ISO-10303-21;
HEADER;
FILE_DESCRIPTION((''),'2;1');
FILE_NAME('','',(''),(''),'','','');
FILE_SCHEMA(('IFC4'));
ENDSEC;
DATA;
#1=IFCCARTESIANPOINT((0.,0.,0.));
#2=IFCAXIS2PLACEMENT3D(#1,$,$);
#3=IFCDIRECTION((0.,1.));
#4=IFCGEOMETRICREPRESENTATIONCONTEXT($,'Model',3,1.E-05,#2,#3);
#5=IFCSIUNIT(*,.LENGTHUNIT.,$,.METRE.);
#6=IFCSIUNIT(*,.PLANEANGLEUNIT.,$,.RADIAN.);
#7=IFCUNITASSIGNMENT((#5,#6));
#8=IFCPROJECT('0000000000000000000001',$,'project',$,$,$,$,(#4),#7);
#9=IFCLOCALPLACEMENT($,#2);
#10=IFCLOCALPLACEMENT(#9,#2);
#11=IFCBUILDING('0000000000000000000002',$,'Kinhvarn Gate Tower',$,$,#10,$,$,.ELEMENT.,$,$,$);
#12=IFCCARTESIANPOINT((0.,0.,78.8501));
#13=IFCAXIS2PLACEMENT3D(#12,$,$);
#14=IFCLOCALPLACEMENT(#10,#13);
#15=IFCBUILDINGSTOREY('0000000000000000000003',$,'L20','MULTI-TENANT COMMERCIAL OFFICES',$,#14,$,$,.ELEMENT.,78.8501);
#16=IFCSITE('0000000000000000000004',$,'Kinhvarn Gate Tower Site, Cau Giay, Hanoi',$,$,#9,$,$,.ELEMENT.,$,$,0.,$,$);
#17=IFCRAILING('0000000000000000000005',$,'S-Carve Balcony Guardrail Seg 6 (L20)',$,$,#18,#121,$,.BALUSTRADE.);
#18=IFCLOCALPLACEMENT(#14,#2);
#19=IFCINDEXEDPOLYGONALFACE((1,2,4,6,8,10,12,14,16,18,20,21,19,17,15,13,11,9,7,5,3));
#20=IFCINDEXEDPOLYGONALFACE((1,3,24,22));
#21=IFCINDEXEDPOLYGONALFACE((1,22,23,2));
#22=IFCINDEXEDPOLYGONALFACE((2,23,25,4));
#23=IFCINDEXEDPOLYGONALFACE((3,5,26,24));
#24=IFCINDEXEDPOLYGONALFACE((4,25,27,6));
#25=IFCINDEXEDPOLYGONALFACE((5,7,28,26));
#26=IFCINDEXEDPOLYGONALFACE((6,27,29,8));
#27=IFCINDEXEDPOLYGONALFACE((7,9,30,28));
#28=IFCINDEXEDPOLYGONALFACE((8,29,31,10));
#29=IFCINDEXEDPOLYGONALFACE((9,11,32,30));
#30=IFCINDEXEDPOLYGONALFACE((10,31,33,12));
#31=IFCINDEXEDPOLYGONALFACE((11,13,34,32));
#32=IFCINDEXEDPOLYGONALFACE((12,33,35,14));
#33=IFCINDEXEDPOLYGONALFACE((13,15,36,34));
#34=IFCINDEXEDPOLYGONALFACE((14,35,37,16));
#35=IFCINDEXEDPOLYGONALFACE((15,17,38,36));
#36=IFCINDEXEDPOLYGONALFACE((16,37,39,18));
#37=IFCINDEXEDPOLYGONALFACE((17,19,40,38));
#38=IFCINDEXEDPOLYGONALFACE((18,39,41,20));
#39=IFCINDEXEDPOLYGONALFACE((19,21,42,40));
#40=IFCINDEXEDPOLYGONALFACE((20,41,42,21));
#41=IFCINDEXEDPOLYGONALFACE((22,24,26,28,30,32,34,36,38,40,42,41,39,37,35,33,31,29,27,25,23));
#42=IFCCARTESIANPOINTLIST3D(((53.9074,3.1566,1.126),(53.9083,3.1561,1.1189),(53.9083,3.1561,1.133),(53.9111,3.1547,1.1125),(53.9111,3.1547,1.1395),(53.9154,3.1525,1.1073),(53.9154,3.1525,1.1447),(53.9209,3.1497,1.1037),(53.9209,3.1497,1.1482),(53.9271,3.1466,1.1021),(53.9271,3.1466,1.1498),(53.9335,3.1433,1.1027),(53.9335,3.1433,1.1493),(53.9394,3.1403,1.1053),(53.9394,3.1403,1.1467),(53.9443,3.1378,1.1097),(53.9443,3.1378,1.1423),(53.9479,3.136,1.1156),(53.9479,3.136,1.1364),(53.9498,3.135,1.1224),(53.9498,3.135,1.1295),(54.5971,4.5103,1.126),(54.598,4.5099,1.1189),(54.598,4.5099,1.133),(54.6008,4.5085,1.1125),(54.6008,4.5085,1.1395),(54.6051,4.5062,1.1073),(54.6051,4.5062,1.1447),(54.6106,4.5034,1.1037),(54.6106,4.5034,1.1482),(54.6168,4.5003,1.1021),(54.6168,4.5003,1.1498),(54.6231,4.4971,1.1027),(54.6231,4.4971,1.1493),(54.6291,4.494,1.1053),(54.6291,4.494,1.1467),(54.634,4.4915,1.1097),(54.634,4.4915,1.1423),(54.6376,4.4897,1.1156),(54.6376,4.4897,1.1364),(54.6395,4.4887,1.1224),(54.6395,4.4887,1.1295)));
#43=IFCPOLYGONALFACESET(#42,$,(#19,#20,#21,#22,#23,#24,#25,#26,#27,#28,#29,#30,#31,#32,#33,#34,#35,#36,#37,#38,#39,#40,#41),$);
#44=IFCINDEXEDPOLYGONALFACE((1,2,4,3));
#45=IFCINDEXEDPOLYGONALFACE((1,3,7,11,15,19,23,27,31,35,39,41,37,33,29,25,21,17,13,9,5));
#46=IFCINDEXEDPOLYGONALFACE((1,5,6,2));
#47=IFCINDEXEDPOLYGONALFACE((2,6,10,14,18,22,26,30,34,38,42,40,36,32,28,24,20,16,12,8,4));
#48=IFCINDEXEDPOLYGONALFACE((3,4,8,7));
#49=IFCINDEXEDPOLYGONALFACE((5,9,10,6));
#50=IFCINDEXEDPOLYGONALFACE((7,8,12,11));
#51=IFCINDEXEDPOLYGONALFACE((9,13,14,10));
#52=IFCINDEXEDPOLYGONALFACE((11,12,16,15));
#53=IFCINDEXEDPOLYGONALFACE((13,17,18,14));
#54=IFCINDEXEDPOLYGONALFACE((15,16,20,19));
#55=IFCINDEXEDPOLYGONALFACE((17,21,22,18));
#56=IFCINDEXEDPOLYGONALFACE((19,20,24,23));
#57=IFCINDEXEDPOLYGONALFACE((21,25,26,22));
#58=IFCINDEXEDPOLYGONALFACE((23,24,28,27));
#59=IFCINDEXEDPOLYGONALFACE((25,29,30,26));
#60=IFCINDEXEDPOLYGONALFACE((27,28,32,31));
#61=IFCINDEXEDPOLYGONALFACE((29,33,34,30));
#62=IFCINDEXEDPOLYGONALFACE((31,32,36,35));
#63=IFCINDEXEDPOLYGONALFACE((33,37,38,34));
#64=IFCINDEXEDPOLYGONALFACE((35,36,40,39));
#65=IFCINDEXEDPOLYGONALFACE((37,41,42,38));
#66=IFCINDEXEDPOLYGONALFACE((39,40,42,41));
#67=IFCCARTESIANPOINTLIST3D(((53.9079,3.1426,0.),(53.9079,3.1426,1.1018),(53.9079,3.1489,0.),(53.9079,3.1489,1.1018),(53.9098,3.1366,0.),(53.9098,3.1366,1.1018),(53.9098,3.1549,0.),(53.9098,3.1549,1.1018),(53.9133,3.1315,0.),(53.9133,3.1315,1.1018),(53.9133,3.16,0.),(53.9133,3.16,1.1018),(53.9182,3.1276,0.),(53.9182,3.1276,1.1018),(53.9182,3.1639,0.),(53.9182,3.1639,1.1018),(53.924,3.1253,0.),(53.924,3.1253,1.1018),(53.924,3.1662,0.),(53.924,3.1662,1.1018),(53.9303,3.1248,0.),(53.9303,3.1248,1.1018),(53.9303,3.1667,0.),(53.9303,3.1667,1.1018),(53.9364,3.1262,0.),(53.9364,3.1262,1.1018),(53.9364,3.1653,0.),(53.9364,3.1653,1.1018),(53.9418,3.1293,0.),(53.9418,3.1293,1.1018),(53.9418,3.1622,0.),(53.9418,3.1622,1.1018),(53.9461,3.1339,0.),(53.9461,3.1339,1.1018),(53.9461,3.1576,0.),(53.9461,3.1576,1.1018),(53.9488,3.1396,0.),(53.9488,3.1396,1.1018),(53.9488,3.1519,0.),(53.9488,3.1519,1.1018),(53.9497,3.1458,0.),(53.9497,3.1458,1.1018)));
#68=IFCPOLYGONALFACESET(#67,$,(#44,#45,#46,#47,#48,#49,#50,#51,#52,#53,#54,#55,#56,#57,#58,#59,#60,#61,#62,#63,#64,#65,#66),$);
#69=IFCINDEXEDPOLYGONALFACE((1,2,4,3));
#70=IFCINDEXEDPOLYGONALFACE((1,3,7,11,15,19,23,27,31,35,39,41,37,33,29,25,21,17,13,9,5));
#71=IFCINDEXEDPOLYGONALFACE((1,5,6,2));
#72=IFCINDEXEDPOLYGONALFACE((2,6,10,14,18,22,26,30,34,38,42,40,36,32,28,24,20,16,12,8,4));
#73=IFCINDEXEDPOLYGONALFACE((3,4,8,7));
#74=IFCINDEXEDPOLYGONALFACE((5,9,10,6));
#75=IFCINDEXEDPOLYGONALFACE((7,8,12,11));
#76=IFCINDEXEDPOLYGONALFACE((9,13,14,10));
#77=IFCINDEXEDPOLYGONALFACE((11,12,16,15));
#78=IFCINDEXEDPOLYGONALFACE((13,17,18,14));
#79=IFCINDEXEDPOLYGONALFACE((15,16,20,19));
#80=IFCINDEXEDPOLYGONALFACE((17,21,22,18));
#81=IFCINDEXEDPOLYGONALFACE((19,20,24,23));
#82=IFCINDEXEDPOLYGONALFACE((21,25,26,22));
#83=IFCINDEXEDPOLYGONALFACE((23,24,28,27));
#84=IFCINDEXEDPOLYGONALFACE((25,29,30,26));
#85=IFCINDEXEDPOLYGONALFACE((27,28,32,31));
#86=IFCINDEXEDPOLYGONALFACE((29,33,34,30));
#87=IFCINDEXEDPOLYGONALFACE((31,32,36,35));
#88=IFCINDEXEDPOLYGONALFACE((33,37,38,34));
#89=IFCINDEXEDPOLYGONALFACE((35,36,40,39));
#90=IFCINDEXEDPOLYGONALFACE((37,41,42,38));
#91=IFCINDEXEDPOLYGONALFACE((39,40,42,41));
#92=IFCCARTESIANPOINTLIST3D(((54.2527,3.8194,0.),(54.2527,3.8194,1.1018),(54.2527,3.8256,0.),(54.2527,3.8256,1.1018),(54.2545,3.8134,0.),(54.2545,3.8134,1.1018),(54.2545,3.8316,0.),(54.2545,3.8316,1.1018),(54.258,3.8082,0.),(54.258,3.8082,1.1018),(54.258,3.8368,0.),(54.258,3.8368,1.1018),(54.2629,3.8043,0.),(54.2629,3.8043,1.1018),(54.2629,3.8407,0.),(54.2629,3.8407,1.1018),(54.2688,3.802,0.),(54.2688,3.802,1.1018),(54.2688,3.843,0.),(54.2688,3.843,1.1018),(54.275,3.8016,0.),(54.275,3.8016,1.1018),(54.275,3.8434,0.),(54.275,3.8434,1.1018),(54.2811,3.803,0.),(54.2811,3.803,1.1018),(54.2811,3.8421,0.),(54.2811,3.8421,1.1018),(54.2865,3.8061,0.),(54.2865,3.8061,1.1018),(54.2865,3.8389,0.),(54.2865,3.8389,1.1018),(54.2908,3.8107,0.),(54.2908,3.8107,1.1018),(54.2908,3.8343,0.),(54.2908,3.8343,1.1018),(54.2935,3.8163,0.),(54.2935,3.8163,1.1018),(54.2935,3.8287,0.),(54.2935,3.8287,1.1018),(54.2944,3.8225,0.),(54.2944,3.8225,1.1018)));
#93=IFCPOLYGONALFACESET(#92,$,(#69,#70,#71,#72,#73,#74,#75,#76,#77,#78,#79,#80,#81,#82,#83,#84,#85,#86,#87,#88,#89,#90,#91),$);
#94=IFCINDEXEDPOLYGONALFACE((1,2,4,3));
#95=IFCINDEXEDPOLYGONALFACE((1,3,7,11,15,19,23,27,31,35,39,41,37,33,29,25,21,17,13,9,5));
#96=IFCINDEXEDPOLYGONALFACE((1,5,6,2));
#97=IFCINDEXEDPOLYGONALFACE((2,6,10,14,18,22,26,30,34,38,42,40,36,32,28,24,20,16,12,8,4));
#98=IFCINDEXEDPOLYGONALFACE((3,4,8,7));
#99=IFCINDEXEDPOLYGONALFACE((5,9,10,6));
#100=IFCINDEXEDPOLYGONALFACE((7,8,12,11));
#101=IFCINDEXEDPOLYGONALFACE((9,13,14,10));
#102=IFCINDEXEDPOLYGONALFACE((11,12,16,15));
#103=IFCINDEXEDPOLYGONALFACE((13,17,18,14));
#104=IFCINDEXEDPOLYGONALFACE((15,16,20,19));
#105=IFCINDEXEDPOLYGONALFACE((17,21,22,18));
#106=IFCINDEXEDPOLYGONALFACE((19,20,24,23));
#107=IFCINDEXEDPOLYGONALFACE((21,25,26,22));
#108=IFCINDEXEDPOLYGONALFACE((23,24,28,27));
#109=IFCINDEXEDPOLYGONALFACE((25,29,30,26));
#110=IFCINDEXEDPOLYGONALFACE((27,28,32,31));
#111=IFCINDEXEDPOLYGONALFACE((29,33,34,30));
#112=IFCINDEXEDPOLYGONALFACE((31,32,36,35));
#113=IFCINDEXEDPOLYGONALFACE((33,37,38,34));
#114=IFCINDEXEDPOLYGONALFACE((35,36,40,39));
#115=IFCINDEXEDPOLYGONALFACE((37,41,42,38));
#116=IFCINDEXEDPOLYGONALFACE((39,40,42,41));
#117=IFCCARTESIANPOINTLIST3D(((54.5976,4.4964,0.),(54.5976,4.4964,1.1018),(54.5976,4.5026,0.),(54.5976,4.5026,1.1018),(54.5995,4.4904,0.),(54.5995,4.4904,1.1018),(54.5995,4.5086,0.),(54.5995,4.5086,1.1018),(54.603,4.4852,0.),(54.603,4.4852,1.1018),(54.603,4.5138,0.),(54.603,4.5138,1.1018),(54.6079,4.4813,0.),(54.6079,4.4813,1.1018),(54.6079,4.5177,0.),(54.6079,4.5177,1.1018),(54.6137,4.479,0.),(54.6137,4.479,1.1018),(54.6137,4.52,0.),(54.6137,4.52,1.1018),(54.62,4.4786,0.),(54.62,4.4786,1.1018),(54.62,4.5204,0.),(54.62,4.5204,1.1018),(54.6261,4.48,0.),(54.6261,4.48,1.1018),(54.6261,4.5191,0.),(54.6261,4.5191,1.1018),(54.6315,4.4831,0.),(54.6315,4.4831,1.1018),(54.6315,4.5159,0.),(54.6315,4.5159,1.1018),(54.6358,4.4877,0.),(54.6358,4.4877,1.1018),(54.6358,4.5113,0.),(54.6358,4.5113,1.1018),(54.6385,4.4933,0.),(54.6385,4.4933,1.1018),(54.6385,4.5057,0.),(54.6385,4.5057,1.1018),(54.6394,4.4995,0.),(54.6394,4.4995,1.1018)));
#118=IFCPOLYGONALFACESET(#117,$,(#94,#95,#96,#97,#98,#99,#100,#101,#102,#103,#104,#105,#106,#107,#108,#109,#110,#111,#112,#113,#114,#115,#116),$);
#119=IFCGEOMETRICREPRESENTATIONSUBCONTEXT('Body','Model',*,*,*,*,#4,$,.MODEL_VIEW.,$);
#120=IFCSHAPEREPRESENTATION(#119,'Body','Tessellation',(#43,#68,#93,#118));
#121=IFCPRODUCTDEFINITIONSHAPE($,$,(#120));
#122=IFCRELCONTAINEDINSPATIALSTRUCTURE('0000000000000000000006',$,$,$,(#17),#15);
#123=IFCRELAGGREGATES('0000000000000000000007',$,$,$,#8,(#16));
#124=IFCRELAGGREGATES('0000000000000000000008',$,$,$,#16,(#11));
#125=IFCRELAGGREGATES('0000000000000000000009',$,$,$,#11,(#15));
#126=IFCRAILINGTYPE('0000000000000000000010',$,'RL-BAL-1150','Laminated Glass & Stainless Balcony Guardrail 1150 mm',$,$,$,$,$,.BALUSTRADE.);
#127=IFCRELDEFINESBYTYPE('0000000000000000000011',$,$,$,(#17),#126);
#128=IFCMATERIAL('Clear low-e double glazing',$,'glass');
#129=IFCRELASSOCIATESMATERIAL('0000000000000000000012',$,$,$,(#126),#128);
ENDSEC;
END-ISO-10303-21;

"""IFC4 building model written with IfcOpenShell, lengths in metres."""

from ifc_helpers import new_model, si_unit, direction, frame, origin, origin_2d, place, context, subcontext, project, spatial, circle, extrude, material, type_object, element, save


model = new_model("IFC4")

# Units and contexts
model_context = context("Model", 3, precision=1e-05, world=origin(), true_north=direction((0.0, 1.0)))
body_context = subcontext(model_context, "Body", "Model", "MODEL_VIEW")
ifc_project = project(units=[si_unit("LENGTHUNIT", "METRE"), si_unit("PLANEANGLEUNIT", "RADIAN")], contexts=[model_context])

# Site, building, storey
site_placement = place(None, origin())
site = spatial("IfcSite", under=ifc_project, at=site_placement, Name="Kinhvarn Gate Tower Site, Cau Giay, Hanoi", CompositionType="ELEMENT", RefElevation=0.0)
building_placement = place(site_placement, origin())
building = spatial("IfcBuilding", under=site, at=building_placement, Name="Kinhvarn Gate Tower", CompositionType="ELEMENT")
storey_placement = place(building_placement, frame((0.0, 0.0, 78.8501)))
storey = spatial("IfcBuildingStorey", under=building, at=storey_placement, Name="L20", Description="MULTI-TENANT COMMERCIAL OFFICES", CompositionType="ELEMENT", Elevation=78.8501)

# Shared definitions
ifc_material_1 = material(Name="Clear low-e double glazing", Category="glass")

# Railing
railing_type = type_object("IfcRailingType", Name="RL-BAL-1150", Description="Laminated Glass & Stainless Balcony Guardrail 1150 mm", PredefinedType="BALUSTRADE", material=ifc_material_1)
railing_1_placement = place(storey_placement, frame((53.9287, 3.1458, 0.0)))
element("IfcRailing", 1, at=railing_1_placement, inside=storey, type_object=railing_type, Name="S-Carve Balcony Guardrail Seg 6 (L20)", PredefinedType="BALUSTRADE", context=body_context, shape_type="SweptSolid", body=[
    extrude(circle(Radius=0.0239, at=origin_2d()), frame((0.0, 0.0, 1.126), z_axis=(0.45395, 0.891027, 0.0), x_axis=(-0.891027, 0.45395, 0.0)), (0.0, 0.0, 1.0), 1.5193),
    extrude(circle(Radius=0.021, at=origin_2d()), origin(), (0.0, 0.0, 1.0), 1.1018),
    extrude(circle(Radius=0.021, at=origin_2d()), frame((0.3447, 0.6768, 0.0)), (0.0, 0.0, 1.0), 1.1018),
    extrude(circle(Radius=0.021, at=origin_2d()), frame((0.6897, 1.3538, 0.0)), (0.0, 0.0, 1.0), 1.1018),
])

save(model, "model.ifc")
